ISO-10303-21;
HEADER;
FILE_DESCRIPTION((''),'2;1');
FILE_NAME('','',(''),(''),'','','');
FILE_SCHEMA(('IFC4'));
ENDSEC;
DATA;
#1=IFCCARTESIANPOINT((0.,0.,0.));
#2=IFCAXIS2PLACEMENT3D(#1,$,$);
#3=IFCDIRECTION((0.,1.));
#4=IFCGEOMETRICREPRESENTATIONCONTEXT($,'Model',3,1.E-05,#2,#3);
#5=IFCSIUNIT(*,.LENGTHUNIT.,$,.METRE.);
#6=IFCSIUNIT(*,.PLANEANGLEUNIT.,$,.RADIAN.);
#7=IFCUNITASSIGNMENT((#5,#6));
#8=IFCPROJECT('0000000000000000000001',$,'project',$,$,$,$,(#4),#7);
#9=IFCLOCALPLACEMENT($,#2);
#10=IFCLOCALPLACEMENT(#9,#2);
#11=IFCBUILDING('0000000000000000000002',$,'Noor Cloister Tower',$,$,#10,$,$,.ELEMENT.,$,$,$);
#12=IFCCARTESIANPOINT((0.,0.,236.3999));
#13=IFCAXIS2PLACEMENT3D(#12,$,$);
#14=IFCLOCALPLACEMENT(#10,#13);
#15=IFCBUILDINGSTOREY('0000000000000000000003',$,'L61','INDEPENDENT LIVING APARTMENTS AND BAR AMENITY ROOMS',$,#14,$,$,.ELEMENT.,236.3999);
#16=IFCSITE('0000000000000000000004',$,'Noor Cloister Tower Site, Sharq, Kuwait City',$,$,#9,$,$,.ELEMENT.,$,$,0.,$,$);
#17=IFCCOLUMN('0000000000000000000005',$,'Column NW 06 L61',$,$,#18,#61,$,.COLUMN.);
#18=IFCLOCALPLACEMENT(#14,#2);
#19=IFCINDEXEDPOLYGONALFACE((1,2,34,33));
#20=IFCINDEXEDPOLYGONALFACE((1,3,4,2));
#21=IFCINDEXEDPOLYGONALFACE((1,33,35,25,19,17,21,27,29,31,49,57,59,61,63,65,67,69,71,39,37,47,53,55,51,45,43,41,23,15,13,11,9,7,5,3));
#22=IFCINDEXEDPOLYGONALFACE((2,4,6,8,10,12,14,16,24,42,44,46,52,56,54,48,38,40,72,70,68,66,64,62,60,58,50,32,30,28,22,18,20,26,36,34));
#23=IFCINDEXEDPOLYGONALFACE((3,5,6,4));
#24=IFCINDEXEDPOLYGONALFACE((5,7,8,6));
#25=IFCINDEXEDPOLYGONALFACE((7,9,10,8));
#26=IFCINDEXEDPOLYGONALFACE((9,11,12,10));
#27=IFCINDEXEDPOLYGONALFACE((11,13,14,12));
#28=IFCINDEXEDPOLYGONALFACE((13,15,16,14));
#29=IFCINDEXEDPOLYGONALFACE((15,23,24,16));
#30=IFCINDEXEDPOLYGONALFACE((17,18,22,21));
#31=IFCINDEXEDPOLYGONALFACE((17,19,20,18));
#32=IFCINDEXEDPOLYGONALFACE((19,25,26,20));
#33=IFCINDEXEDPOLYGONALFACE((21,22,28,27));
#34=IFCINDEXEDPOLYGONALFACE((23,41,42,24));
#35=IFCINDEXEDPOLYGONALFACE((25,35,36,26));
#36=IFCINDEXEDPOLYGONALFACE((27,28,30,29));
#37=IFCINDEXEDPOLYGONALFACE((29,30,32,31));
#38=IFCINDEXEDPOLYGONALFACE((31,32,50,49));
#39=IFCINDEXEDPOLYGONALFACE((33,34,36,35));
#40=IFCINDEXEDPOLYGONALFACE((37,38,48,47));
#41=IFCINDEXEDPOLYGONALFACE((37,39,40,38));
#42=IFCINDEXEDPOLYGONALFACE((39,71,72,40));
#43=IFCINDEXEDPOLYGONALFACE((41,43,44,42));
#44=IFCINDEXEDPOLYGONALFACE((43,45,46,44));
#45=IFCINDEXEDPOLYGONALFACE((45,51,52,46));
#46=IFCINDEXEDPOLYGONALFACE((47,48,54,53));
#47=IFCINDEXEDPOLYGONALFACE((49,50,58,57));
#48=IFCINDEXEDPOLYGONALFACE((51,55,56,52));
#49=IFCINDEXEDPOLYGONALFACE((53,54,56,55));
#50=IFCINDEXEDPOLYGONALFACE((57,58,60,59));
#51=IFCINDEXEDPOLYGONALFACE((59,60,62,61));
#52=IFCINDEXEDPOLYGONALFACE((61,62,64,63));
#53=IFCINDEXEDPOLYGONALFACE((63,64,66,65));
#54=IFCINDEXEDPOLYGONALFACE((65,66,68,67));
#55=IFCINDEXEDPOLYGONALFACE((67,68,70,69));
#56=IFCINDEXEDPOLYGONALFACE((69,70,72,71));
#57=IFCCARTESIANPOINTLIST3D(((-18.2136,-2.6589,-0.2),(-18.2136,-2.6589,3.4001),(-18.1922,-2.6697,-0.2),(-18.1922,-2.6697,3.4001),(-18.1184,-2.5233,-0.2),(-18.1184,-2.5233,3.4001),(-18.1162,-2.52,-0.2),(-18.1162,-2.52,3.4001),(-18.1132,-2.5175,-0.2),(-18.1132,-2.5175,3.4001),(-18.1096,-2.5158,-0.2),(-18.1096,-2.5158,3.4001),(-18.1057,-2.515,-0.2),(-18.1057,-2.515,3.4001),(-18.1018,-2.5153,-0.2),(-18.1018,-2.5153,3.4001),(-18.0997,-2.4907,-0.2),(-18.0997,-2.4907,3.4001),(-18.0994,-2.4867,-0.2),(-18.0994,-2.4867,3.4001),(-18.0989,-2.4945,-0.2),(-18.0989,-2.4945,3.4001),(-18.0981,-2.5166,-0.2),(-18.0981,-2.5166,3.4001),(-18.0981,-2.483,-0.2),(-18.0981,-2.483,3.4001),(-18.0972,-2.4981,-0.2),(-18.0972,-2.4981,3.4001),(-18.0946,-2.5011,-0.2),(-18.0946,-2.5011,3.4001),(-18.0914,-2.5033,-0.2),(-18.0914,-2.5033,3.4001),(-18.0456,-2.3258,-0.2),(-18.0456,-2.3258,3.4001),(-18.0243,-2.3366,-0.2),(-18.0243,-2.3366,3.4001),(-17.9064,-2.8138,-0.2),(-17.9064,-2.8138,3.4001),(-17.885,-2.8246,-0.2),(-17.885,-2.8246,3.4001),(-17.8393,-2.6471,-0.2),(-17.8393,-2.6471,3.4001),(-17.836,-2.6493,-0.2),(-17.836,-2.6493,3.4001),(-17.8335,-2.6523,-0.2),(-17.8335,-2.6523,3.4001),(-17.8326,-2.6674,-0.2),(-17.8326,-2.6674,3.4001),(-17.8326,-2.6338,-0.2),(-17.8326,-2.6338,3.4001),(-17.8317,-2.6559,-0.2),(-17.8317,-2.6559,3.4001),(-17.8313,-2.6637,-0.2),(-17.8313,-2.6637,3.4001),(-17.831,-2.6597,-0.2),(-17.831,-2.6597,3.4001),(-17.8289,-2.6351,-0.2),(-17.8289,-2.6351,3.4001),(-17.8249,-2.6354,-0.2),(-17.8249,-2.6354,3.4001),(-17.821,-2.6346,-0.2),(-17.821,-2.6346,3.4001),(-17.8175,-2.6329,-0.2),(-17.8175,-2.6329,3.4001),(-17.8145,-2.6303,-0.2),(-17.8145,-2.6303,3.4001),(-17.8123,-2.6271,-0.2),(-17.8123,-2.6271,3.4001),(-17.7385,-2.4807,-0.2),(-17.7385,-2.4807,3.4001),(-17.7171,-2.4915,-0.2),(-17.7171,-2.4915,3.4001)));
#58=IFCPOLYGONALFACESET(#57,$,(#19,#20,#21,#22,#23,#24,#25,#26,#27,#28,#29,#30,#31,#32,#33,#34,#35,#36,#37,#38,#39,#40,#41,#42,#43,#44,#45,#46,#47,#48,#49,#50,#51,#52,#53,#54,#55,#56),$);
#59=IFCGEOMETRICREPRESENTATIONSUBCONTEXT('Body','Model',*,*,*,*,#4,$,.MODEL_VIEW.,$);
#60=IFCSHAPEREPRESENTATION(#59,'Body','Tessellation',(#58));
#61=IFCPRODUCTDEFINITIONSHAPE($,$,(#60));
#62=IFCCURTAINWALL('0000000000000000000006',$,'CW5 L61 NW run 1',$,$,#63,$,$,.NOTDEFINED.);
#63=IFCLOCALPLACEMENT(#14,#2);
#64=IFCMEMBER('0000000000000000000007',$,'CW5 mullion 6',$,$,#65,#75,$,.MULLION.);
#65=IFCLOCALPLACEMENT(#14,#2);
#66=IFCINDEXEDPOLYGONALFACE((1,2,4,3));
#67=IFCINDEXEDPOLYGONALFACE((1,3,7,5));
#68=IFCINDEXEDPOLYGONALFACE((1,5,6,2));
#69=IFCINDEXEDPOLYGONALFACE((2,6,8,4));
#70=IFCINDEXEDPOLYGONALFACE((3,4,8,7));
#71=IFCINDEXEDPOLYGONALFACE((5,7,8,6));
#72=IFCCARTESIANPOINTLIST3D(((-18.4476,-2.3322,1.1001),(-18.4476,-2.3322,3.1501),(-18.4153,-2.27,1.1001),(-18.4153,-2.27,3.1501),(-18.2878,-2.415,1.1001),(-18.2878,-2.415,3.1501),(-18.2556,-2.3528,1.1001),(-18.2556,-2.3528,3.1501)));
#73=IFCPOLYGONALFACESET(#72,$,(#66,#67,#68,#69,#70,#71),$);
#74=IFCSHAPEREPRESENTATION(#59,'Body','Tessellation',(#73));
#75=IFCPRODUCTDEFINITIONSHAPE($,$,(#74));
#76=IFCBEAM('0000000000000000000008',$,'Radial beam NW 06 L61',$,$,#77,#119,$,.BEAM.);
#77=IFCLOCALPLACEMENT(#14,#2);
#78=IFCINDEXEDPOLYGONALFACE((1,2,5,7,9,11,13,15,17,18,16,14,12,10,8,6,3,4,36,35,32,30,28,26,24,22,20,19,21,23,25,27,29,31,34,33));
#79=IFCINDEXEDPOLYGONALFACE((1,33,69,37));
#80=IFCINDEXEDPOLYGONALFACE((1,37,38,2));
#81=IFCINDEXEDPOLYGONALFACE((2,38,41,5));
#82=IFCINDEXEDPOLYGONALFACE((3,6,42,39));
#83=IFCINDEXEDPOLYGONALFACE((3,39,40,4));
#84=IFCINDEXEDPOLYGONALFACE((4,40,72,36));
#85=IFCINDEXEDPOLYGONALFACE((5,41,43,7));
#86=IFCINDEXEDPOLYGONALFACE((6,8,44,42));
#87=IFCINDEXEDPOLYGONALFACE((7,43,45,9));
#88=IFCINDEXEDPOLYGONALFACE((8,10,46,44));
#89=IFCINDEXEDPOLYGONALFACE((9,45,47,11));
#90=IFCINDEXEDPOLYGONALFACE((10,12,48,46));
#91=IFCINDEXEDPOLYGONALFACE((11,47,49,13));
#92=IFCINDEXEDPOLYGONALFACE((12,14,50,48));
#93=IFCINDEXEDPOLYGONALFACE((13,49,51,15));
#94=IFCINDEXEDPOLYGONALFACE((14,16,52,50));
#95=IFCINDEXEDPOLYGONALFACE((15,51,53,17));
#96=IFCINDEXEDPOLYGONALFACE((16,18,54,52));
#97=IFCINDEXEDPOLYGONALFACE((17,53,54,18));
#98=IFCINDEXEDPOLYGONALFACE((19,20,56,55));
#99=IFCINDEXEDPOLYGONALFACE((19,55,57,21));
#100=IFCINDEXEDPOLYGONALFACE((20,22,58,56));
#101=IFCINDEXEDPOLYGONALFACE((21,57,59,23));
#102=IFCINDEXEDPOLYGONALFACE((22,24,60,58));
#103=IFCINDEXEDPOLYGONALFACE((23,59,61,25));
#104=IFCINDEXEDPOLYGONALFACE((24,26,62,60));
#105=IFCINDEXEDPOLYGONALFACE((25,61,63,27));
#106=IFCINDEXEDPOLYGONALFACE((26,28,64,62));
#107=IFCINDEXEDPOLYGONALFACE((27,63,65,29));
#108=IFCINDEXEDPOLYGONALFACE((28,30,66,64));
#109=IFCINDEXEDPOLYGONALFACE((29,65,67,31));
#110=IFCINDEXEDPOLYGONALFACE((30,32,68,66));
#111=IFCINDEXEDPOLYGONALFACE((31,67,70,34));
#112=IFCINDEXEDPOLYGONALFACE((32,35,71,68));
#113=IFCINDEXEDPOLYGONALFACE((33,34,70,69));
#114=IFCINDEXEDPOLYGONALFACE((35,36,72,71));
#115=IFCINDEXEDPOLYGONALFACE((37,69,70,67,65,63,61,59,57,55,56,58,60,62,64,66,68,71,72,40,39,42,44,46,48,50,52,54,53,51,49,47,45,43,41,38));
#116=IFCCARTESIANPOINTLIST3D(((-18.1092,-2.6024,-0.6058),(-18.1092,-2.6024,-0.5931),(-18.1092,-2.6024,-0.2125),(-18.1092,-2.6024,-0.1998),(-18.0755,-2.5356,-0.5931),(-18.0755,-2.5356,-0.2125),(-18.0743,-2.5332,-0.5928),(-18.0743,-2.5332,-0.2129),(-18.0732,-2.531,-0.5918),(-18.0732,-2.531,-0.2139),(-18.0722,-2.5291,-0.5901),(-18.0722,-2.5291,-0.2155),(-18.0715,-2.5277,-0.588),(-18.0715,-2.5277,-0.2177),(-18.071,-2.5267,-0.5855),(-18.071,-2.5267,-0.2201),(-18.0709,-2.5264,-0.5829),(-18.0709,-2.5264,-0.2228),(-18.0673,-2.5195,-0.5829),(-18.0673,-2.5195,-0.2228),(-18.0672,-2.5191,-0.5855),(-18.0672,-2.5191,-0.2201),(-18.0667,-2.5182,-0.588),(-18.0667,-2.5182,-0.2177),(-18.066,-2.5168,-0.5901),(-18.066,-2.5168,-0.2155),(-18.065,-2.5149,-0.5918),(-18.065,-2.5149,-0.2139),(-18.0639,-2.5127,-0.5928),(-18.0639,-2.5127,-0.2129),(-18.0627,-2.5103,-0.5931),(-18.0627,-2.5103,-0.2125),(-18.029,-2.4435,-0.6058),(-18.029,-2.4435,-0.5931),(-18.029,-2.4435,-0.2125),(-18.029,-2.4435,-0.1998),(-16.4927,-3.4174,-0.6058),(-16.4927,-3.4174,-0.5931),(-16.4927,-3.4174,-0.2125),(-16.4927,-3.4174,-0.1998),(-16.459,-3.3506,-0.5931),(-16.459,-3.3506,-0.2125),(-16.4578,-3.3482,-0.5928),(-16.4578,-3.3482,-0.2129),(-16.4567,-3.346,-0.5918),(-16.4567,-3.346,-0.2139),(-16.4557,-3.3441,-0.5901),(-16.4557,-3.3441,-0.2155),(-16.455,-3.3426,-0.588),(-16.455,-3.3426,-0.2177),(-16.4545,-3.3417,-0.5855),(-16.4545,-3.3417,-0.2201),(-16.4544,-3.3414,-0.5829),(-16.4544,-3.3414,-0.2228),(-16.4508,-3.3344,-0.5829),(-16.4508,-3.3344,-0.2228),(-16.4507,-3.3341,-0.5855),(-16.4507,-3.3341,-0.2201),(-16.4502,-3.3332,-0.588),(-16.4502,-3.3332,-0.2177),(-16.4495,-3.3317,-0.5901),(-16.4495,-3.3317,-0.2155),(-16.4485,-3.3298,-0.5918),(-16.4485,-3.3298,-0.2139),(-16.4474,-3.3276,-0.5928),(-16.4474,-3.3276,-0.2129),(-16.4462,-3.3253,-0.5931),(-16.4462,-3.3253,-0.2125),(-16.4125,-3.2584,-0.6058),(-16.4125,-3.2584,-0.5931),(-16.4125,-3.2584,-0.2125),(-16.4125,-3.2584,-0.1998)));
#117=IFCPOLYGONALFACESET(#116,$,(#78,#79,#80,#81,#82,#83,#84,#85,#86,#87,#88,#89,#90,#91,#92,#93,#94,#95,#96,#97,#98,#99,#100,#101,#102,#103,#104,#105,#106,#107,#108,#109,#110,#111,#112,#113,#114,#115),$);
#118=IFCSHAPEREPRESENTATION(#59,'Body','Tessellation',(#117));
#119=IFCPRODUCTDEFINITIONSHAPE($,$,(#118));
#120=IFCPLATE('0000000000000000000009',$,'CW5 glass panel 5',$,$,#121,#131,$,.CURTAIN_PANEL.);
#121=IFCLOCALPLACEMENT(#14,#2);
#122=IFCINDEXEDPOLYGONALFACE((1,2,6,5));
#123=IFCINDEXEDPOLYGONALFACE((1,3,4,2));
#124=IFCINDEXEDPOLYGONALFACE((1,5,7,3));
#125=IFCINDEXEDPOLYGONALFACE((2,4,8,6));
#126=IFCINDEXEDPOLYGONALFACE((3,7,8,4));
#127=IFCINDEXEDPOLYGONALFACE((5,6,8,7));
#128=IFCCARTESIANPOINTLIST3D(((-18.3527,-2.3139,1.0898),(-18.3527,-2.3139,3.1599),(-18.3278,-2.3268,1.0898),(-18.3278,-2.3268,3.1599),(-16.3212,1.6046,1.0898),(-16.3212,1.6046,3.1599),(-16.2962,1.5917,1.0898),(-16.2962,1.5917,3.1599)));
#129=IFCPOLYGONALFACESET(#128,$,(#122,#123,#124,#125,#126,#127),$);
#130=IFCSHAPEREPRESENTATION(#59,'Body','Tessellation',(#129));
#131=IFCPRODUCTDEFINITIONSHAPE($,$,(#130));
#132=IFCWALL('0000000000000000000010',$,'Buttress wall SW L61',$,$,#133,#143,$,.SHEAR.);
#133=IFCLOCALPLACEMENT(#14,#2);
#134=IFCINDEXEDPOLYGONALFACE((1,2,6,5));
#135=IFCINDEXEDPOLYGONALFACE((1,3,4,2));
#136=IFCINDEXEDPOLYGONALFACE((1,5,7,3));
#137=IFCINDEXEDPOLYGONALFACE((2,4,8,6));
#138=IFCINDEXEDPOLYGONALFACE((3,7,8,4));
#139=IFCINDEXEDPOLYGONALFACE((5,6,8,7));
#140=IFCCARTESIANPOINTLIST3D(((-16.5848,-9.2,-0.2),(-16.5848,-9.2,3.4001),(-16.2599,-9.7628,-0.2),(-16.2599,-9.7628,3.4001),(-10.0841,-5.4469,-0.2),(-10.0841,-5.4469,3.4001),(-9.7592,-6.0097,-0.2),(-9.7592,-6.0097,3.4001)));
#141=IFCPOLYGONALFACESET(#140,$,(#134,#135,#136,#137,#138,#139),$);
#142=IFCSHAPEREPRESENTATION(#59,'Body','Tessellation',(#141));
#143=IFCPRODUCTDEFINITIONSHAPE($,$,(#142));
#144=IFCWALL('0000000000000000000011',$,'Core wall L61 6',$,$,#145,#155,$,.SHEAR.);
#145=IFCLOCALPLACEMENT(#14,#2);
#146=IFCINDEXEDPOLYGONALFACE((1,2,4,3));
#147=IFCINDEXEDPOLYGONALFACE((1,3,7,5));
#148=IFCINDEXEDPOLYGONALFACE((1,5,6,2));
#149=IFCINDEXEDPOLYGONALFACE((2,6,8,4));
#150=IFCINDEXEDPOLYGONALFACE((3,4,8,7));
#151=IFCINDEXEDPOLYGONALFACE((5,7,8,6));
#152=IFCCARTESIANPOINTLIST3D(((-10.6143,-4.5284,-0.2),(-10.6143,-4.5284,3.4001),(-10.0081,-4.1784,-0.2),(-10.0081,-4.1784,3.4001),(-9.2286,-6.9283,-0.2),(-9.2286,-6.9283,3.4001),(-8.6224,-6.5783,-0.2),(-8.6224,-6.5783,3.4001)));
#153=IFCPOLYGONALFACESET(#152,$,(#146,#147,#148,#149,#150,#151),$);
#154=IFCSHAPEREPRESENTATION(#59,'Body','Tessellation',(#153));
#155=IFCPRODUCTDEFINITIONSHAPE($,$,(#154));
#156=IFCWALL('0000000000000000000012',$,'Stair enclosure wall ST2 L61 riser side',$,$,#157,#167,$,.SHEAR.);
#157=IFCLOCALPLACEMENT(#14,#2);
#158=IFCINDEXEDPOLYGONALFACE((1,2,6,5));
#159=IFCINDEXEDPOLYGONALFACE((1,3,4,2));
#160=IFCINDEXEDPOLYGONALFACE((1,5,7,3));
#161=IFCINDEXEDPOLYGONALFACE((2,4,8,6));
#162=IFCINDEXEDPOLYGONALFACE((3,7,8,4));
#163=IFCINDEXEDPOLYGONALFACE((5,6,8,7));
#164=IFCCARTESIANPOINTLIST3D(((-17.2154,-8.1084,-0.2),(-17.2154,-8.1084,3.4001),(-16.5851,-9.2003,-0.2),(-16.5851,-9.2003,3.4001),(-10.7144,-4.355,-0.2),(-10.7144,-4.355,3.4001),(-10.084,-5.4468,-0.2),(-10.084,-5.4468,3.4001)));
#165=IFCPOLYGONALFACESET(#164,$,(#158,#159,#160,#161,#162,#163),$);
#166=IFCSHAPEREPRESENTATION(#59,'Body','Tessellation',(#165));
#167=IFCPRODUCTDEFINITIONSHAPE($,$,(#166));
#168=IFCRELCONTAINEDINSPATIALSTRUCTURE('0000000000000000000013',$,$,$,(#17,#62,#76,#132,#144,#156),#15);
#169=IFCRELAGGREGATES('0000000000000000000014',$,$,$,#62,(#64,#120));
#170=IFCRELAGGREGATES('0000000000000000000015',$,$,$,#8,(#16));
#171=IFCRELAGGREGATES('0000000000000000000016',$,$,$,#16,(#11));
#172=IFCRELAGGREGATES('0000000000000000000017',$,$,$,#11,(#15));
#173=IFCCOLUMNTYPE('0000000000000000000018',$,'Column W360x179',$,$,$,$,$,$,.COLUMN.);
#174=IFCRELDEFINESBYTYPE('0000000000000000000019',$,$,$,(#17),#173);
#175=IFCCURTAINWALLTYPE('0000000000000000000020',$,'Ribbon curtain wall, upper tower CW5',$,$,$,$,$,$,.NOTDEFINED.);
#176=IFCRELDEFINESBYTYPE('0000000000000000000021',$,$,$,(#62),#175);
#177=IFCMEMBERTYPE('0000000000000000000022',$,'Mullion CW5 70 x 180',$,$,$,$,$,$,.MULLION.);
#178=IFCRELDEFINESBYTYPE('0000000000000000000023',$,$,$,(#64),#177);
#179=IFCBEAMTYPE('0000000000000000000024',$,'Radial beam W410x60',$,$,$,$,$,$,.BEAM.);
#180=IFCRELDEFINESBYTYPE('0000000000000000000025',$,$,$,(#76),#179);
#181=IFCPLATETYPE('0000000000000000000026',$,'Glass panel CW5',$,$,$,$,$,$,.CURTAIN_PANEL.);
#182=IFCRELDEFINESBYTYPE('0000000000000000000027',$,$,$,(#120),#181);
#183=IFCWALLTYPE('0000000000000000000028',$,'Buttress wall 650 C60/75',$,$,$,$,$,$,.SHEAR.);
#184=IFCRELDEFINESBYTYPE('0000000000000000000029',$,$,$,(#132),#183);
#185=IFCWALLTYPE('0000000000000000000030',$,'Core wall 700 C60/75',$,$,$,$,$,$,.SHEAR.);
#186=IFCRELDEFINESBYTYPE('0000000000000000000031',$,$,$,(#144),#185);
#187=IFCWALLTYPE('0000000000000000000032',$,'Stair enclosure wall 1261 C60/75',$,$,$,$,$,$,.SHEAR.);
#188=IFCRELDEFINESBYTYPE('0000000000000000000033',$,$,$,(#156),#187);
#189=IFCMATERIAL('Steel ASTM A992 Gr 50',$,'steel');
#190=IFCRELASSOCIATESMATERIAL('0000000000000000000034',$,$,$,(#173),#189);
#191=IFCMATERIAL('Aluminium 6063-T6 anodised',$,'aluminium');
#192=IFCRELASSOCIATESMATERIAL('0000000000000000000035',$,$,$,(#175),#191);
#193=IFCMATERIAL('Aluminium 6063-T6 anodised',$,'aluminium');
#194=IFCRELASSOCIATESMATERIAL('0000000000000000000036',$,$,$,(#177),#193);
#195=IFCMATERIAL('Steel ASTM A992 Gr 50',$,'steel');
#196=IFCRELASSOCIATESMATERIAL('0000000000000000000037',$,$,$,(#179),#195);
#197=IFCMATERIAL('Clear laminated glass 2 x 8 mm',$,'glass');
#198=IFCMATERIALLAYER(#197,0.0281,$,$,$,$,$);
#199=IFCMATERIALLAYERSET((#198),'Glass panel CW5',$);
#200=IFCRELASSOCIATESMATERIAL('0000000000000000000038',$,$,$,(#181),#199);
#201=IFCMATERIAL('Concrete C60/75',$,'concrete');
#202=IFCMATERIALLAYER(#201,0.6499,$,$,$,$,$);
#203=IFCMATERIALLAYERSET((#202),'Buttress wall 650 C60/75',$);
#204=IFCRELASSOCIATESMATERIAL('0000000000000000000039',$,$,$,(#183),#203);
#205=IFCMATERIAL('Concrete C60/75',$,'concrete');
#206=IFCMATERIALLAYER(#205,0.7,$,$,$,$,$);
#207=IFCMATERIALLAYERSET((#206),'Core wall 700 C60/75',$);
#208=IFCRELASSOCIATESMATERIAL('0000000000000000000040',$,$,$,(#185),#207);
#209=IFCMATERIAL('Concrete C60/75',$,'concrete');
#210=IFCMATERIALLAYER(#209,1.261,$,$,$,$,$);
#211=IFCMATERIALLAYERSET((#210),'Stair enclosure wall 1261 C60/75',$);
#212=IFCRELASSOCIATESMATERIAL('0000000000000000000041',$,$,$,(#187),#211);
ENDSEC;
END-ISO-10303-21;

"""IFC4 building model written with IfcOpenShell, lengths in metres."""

from ifc_helpers import new_model, si_unit, direction, frame, frame_2d, origin, origin_2d, place, context, subcontext, project, spatial, rectangle, i_section, extrude, material, layer, layer_set, material_profile, profile_set, type_object, element, aggregate, save


model = new_model("IFC4")

# Units and contexts
model_context = context("Model", 3, precision=1e-05, world=origin(), true_north=direction((0.0, 1.0)))
body_context = subcontext(model_context, "Body", "Model", "MODEL_VIEW")
ifc_project = project(units=[si_unit("LENGTHUNIT", "METRE"), si_unit("PLANEANGLEUNIT", "RADIAN")], contexts=[model_context])

# Site, building, storey
site_placement = place(None, origin())
site = spatial("IfcSite", under=ifc_project, at=site_placement, Name="Noor Cloister Tower Site, Sharq, Kuwait City", CompositionType="ELEMENT", RefElevation=0.0)
building_placement = place(site_placement, origin())
building = spatial("IfcBuilding", under=site, at=building_placement, Name="Noor Cloister Tower", CompositionType="ELEMENT")
storey_placement = place(building_placement, frame((0.0, 0.0, 236.3999)))
storey = spatial("IfcBuildingStorey", under=building, at=storey_placement, Name="L61", Description="INDEPENDENT LIVING APARTMENTS AND BAR AMENITY ROOMS", CompositionType="ELEMENT", Elevation=236.3999)

# Column
ifc_material_1 = material(Name="Steel ASTM A992 Gr 50", Category="steel")
ifc_material_profile_1 = material_profile(ifc_material_1, i_section(OverallWidth=0.373, OverallDepth=0.3679, WebThickness=0.0149, FlangeThickness=0.0239, FilletRadius=0.0151, at=origin_2d()), Name="W360x179")
ifc_profile_set_1 = profile_set([ifc_material_profile_1], Name="Steel ASTM A992 Gr 50")
column_type = type_object("IfcColumnType", Name="Column W360x179", PredefinedType="COLUMN", material=ifc_profile_set_1)
column_placement = place(storey_placement, frame((-17.9653, -2.5752, -0.2), z_axis=(0.0, 0.0, 1.0), x_axis=(-0.450185, -0.892935, 0.0)))
element("IfcColumn", 1, at=column_placement, inside=storey, type_object=column_type, Name="Column NW 06 L61", PredefinedType="COLUMN", context=body_context, shape_type="SweptSolid", body=[
    extrude(i_section(OverallWidth=0.373, OverallDepth=0.3679, WebThickness=0.0149, FlangeThickness=0.0239, FilletRadius=0.0151, at=origin_2d()), origin(), (0.0, 0.0, 1.0), 3.6001),
])

# Curtain wall, member
ifc_material_2 = material(Name="Aluminium 6063-T6 anodised", Category="aluminium")
curtain_wall_type = type_object("IfcCurtainWallType", Name="Ribbon curtain wall, upper tower CW5", PredefinedType="NOTDEFINED", material=ifc_material_2)
curtain_wall_placement = place(storey_placement, origin())
curtain_wall = element("IfcCurtainWall", 2, at=curtain_wall_placement, inside=storey, type_object=curtain_wall_type, Name="CW5 L61 NW run 1", PredefinedType="NOTDEFINED")
ifc_material_3 = material(Name="Aluminium 6063-T6 anodised", Category="aluminium")
ifc_material_profile_2 = material_profile(ifc_material_3, rectangle(XDim=0.1799, YDim=0.0701, at=origin_2d()), Name="180 x 70 mullion")
ifc_profile_set_2 = profile_set([ifc_material_profile_2], Name="Aluminium 6063-T6 anodised")
member_type = type_object("IfcMemberType", Name="Mullion CW5 70 x 180", PredefinedType="MULLION", material=ifc_profile_set_2)
member_placement = place(storey_placement, frame((-18.3516, -2.3425, 1.1001), z_axis=(0.0, 0.0, 1.0), x_axis=(0.88778, -0.460269, 0.0)))
member = element("IfcMember", 3, at=member_placement, type_object=member_type, Name="CW5 mullion 6", PredefinedType="MULLION", context=body_context, shape_type="SweptSolid", body=[
    extrude(rectangle(XDim=0.1799, YDim=0.0701, at=origin_2d()), origin(), (0.0, 0.0, 1.0), 2.05),
])

# Beam
ifc_material_4 = material(Name="Steel ASTM A992 Gr 50", Category="steel")
ifc_material_profile_3 = material_profile(ifc_material_4, i_section(OverallWidth=0.178, OverallDepth=0.406, WebThickness=0.0078, FlangeThickness=0.0127, FilletRadius=0.0103, at=origin_2d()), Name="W410x60")
ifc_profile_set_3 = profile_set([ifc_material_profile_3], Name="Steel ASTM A992 Gr 50")
beam_type = type_object("IfcBeamType", Name="Radial beam W410x60", PredefinedType="BEAM", material=ifc_profile_set_3)
beam_placement = place(storey_placement, frame((-18.0691, -2.5229, -0.4028), z_axis=(0.892939, -0.450178, 0.0), x_axis=(0.450178, 0.892939, 0.0)))
element("IfcBeam", 4, at=beam_placement, inside=storey, type_object=beam_type, Name="Radial beam NW 06 L61", PredefinedType="BEAM", context=body_context, shape_type="SweptSolid", body=[
    extrude(i_section(OverallWidth=0.178, OverallDepth=0.406, WebThickness=0.0078, FlangeThickness=0.0127, FilletRadius=0.0103, at=origin_2d()), origin(), (0.0, 0.0, 1.0), 1.8103),
])

# Plate
ifc_material_5 = material(Name="Clear laminated glass 2 x 8 mm", Category="glass")
ifc_layer_1 = layer(ifc_material_5, 0.0281)
ifc_layer_set_1 = layer_set([ifc_layer_1], Name="Glass panel CW5")
plate_type = type_object("IfcPlateType", Name="Glass panel CW5", PredefinedType="CURTAIN_PANEL", material=ifc_layer_set_1)
plate_placement = place(storey_placement, frame((-17.3245, -0.3611, 1.0898), z_axis=(0.0, 0.0, 1.0), x_axis=(-0.460269, -0.88778, 0.0)))
plate = element("IfcPlate", 5, at=plate_placement, type_object=plate_type, Name="CW5 glass panel 5", PredefinedType="CURTAIN_PANEL", context=body_context, shape_type="SweptSolid", body=[
    extrude(rectangle(XDim=4.4138, YDim=0.0281, at=origin_2d()), origin(), (0.0, 0.0, 1.0), 2.0701),
])
aggregate(curtain_wall, [member, plate])

# Walls
ifc_material_6 = material(Name="Concrete C60/75", Category="concrete")
ifc_layer_2 = layer(ifc_material_6, 0.6499)
ifc_layer_set_2 = layer_set([ifc_layer_2], Name="Buttress wall 650 C60/75")
wall_type_1 = type_object("IfcWallType", Name="Buttress wall 650 C60/75", PredefinedType="SHEAR", material=ifc_layer_set_2)
wall_1_placement = place(storey_placement, frame((-9.9216, -5.7283, -0.2), z_axis=(0.0, 0.0, 1.0), x_axis=(-0.866027, -0.499997, 0.0)))
element("IfcWall", 6, at=wall_1_placement, inside=storey, type_object=wall_type_1, Name="Buttress wall SW L61", PredefinedType="SHEAR", context=body_context, shape_type="SweptSolid", body=[
    extrude(rectangle(XDim=7.5063, YDim=0.6499, at=frame_2d((3.7532, 0.0))), origin(), (0.0, 0.0, 1.0), 3.6001),
])
ifc_material_7 = material(Name="Concrete C60/75", Category="concrete")
ifc_layer_3 = layer(ifc_material_7, 0.7)
ifc_layer_set_3 = layer_set([ifc_layer_3], Name="Core wall 700 C60/75")
wall_type_2 = type_object("IfcWallType", Name="Core wall 700 C60/75", PredefinedType="SHEAR", material=ifc_layer_set_3)
wall_2_placement = place(storey_placement, frame((-10.3113, -4.3533, -0.2), z_axis=(0.0, 0.0, 1.0), x_axis=(0.500043, -0.866001, 0.0)))
element("IfcWall", 7, at=wall_2_placement, inside=storey, type_object=wall_type_2, Name="Core wall L61 6", PredefinedType="SHEAR", context=body_context, shape_type="SweptSolid", body=[
    extrude(rectangle(XDim=2.7712, YDim=0.7, at=frame_2d((1.3857, 0.0))), origin(), (0.0, 0.0, 1.0), 3.6001),
])
ifc_material_8 = material(Name="Concrete C60/75", Category="concrete")
ifc_layer_4 = layer(ifc_material_8, 1.261)
ifc_layer_set_4 = layer_set([ifc_layer_4], Name="Stair enclosure wall 1261 C60/75")
wall_type_3 = type_object("IfcWallType", Name="Stair enclosure wall 1261 C60/75", PredefinedType="SHEAR", material=ifc_layer_set_4)
wall_3_placement = place(storey_placement, frame((-10.3992, -4.9009, -0.2), z_axis=(0.0, 0.0, 1.0), x_axis=(-0.866021, -0.500008, 0.0)))
element("IfcWall", 8, at=wall_3_placement, inside=storey, type_object=wall_type_3, Name="Stair enclosure wall ST2 L61 riser side", PredefinedType="SHEAR", context=body_context, shape_type="SweptSolid", body=[
    extrude(rectangle(XDim=7.5068, YDim=1.2607, at=frame_2d((3.7534, 0.0))), origin(), (0.0, 0.0, 1.0), 3.6001),
])

save(model, "model.ifc")
